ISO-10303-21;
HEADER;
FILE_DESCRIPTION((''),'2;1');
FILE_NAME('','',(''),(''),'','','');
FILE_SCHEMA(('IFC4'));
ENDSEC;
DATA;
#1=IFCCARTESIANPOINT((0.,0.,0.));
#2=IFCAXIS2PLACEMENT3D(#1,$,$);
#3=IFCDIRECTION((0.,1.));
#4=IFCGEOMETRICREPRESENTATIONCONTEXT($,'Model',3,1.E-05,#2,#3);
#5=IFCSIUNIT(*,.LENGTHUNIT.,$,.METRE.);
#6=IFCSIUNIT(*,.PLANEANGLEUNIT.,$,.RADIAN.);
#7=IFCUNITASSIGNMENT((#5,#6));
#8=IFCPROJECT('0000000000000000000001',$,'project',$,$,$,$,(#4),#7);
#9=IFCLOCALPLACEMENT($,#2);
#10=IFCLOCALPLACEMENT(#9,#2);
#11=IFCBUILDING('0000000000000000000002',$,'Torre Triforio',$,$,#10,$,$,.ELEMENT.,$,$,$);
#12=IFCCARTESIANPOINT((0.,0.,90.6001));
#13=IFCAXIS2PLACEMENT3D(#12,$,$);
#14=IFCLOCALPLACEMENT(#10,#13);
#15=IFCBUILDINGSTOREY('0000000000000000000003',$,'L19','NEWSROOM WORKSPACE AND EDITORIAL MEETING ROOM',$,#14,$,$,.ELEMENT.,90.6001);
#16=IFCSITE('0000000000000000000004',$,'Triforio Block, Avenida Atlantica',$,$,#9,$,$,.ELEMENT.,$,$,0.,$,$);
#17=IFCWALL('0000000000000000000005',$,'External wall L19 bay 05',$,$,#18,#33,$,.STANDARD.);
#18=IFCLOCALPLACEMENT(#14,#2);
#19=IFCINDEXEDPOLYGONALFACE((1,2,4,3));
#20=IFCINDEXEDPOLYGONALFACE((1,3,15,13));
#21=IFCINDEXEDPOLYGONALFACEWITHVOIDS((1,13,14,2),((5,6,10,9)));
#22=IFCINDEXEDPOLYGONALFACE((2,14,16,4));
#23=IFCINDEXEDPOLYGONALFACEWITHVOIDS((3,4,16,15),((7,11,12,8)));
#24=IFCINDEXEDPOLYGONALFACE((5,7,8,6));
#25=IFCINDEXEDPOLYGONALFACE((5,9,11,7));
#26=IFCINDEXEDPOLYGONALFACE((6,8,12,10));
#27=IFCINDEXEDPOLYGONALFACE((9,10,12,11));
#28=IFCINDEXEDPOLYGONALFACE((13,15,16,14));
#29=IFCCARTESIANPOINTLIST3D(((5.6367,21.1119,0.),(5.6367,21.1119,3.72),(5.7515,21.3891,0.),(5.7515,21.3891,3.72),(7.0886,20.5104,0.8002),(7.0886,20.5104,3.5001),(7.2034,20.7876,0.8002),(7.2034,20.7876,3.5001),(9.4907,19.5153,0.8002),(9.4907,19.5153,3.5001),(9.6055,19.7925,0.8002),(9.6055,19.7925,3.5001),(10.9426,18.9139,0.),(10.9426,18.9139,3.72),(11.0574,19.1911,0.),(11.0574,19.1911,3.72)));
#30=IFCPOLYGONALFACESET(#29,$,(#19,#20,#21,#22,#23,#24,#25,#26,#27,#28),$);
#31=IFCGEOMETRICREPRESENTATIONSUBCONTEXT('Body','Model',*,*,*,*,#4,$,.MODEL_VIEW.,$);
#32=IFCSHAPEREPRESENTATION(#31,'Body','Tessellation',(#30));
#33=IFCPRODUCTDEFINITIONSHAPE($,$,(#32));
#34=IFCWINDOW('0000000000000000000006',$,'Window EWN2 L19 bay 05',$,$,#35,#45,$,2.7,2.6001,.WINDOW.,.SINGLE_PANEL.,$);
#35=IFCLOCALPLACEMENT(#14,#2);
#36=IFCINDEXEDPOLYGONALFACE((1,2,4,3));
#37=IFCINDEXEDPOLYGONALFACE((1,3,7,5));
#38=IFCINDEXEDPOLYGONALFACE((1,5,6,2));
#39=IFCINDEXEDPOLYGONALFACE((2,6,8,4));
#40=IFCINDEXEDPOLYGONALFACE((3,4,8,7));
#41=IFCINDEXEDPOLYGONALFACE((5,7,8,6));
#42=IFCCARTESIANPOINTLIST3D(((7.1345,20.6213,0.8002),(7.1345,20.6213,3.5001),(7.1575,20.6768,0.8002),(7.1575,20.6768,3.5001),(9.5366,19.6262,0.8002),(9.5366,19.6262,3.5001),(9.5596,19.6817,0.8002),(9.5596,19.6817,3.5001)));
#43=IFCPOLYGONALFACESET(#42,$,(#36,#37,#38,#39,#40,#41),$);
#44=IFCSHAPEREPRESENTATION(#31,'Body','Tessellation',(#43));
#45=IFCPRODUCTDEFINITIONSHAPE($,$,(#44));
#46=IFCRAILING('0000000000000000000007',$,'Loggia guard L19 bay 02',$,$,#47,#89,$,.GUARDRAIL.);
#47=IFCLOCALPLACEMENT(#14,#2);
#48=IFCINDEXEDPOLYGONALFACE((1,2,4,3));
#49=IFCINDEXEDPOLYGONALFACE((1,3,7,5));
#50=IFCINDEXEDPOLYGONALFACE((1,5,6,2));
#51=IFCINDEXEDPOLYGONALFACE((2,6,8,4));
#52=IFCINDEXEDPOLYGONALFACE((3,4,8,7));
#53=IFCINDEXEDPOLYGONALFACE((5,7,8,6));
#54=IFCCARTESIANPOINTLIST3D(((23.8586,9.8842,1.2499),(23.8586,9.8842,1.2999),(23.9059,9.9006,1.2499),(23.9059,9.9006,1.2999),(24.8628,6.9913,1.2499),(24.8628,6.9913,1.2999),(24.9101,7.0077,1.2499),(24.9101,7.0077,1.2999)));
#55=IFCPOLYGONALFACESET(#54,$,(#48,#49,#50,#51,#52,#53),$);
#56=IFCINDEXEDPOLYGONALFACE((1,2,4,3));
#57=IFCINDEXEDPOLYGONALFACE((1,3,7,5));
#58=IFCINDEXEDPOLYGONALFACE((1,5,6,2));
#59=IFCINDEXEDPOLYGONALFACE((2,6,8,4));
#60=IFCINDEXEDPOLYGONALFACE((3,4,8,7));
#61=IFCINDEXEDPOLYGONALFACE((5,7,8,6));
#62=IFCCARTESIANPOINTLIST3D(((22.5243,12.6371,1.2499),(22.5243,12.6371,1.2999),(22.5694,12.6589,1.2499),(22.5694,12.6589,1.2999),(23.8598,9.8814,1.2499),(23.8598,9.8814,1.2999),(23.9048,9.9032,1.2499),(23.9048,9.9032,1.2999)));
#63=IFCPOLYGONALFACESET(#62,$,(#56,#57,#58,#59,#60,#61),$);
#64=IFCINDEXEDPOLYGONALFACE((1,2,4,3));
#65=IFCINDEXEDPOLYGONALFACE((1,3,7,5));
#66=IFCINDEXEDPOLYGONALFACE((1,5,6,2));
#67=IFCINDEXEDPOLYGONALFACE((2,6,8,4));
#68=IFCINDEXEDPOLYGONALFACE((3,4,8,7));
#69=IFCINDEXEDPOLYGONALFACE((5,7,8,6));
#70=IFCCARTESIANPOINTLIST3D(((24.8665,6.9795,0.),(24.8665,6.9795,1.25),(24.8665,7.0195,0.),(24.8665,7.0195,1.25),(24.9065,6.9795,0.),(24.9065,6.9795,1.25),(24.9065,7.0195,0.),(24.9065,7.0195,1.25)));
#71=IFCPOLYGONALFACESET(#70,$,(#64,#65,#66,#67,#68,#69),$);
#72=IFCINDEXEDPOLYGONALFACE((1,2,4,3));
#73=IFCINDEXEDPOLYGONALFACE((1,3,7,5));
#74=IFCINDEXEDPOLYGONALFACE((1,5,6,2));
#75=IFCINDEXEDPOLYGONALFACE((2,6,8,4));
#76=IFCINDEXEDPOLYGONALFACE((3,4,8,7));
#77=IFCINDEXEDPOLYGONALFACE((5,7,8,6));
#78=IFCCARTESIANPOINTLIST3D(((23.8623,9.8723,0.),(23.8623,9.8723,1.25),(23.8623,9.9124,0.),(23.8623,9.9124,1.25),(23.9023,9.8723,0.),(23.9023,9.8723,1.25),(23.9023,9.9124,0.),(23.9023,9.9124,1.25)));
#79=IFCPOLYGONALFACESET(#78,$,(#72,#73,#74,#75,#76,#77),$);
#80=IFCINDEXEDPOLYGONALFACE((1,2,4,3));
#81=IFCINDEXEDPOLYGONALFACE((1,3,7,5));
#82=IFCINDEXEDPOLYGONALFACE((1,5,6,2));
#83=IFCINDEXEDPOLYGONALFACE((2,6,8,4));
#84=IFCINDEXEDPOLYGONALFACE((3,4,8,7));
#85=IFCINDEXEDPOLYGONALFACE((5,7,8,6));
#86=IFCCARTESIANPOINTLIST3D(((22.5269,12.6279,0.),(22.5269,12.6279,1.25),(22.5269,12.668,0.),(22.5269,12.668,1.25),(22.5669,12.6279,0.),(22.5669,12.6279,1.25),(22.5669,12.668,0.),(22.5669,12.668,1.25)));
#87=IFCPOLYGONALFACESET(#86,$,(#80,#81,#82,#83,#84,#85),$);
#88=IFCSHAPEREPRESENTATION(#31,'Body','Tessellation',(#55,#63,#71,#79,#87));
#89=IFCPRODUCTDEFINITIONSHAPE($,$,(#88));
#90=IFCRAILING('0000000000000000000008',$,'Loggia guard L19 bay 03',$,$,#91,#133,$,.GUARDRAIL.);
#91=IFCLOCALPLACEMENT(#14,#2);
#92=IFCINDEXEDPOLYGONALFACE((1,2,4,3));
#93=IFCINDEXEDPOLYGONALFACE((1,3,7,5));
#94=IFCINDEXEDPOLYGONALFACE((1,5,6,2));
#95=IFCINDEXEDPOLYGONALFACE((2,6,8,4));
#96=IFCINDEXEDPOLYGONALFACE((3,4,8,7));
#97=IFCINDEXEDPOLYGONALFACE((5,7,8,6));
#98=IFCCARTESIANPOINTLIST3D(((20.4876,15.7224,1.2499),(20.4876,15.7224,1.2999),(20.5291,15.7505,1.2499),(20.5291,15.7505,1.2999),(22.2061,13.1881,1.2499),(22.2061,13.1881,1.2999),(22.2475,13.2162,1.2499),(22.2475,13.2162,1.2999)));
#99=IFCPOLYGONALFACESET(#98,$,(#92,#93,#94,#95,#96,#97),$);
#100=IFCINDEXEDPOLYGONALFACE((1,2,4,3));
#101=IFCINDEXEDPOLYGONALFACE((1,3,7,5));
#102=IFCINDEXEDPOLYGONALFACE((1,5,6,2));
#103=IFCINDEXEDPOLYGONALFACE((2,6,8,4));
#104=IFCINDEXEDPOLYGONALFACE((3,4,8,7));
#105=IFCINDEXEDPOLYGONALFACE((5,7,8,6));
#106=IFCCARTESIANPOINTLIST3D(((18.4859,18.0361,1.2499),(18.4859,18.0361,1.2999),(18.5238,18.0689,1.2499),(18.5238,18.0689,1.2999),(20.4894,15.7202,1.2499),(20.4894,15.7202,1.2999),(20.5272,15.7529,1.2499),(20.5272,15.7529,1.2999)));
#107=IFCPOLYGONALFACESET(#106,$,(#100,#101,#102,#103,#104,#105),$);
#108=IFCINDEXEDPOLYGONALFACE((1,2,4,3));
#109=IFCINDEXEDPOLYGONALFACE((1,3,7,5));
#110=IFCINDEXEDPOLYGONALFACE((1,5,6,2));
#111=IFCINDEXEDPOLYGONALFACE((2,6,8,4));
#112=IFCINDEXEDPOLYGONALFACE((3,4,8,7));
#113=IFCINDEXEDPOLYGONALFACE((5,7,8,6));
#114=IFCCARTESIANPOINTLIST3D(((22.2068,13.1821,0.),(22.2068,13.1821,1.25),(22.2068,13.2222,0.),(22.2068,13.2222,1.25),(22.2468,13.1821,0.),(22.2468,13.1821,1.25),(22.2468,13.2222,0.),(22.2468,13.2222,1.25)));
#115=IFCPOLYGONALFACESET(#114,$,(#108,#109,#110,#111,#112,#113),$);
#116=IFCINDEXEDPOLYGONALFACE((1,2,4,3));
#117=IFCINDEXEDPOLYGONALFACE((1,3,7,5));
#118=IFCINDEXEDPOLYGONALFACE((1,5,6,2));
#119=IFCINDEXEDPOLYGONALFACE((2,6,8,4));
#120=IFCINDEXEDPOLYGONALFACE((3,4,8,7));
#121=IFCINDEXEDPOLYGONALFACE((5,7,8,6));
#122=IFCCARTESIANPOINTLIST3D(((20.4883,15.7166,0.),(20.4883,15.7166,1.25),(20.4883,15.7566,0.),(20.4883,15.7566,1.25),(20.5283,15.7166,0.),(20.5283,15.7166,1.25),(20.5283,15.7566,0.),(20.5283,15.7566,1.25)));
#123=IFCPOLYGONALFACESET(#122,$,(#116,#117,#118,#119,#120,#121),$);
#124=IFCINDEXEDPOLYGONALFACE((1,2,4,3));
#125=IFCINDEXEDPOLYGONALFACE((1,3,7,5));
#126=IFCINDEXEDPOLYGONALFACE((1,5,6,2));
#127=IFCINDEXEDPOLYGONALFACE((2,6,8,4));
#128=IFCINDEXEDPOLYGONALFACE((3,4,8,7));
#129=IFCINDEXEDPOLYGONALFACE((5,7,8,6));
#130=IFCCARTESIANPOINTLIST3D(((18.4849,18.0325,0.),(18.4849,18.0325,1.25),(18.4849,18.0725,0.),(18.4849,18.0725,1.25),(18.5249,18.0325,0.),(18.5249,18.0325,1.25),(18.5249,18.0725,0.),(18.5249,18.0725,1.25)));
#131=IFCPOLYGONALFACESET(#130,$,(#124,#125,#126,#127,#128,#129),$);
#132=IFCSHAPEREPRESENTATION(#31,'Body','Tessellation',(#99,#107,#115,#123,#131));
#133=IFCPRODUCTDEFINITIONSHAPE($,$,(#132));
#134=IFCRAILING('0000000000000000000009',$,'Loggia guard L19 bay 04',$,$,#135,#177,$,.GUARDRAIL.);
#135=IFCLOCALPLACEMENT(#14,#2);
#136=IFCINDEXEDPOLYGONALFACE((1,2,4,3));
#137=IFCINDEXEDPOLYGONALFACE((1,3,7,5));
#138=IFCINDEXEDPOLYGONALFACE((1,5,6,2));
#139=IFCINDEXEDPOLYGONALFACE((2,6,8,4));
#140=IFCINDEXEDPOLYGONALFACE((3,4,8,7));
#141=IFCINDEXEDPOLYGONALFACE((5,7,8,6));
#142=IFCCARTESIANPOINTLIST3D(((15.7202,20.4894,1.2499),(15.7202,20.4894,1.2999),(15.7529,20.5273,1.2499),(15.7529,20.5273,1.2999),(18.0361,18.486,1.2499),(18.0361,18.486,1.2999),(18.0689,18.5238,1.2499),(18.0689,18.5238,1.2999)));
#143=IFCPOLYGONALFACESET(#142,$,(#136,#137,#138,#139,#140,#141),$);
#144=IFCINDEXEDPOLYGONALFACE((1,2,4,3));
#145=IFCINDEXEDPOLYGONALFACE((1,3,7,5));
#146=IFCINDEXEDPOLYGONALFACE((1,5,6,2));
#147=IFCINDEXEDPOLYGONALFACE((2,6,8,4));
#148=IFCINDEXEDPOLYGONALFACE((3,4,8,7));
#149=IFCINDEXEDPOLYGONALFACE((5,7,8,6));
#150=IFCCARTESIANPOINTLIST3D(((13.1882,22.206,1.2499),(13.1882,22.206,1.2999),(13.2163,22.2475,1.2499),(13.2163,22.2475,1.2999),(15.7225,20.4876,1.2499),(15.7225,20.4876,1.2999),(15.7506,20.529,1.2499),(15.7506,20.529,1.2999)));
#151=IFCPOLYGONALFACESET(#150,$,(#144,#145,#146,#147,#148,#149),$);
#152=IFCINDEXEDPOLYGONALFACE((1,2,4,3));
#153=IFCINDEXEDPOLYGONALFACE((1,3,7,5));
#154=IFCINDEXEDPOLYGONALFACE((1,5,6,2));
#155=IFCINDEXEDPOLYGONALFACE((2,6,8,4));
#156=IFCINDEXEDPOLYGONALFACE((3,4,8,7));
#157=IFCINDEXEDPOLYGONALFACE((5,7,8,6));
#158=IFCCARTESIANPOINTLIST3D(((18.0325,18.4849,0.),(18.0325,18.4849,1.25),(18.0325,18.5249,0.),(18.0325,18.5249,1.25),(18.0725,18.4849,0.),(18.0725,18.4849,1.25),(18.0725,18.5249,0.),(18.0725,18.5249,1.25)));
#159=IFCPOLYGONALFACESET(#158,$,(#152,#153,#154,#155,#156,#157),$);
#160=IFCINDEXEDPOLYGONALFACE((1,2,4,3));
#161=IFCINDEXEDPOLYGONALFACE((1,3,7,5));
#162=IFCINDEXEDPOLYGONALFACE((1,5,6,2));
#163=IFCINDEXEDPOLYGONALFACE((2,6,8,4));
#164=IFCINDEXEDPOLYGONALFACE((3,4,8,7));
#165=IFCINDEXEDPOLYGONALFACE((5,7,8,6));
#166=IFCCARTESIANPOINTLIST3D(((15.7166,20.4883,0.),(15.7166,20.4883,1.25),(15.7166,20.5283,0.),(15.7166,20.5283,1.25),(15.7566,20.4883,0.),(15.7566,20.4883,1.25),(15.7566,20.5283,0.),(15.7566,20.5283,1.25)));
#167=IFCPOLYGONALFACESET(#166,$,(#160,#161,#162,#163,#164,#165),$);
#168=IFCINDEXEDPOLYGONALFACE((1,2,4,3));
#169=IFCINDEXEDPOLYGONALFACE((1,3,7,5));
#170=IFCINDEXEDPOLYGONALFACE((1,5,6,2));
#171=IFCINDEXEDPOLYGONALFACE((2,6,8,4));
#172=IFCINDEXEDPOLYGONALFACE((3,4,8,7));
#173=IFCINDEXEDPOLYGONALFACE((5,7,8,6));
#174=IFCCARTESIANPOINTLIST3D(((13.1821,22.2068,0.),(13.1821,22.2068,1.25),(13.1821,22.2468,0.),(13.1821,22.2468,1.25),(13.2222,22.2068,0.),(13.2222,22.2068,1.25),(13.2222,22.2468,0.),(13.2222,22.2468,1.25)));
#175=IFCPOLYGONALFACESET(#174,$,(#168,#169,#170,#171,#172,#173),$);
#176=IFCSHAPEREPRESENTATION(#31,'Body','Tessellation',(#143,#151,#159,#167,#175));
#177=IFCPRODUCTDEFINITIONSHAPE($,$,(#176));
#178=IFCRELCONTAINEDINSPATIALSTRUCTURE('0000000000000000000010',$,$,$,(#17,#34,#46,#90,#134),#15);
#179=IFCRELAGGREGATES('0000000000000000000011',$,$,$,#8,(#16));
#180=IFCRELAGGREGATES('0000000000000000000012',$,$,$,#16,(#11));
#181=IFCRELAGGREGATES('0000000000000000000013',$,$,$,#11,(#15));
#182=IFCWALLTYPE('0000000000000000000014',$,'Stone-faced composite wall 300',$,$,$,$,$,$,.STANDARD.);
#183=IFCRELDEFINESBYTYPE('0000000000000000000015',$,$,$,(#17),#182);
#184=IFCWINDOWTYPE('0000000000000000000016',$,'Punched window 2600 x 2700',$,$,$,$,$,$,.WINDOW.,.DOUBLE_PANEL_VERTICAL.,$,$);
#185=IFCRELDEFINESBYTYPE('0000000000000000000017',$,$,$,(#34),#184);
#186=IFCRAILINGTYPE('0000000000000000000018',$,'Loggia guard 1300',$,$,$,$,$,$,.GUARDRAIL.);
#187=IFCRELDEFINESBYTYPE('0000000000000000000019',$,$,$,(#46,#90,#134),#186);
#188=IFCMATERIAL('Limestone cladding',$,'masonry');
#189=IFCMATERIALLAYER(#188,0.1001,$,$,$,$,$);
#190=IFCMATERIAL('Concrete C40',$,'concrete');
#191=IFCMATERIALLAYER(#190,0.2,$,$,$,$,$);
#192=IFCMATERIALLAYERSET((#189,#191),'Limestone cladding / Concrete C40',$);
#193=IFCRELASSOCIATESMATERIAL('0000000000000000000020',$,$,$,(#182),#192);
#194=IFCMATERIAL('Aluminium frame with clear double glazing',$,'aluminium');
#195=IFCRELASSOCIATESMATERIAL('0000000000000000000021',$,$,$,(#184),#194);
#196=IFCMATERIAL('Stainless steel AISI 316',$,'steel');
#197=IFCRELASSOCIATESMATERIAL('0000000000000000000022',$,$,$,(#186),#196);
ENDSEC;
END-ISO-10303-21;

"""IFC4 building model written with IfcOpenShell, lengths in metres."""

from ifc_helpers import new_model, si_unit, direction, frame, frame_2d, origin, origin_2d, place, context, subcontext, project, spatial, rectangle, extrude, material, layer, layer_set, type_object, element, fill, save


model = new_model("IFC4")

# Units and contexts
model_context = context("Model", 3, precision=1e-05, world=origin(), true_north=direction((0.0, 1.0)))
body_context = subcontext(model_context, "Body", "Model", "MODEL_VIEW")
ifc_project = project(units=[si_unit("LENGTHUNIT", "METRE"), si_unit("PLANEANGLEUNIT", "RADIAN")], contexts=[model_context])

# Site, building, storey
site_placement = place(None, origin())
site = spatial("IfcSite", under=ifc_project, at=site_placement, Name="Triforio Block, Avenida Atlantica", CompositionType="ELEMENT", RefElevation=0.0)
building_placement = place(site_placement, origin())
building = spatial("IfcBuilding", under=site, at=building_placement, Name="Torre Triforio", CompositionType="ELEMENT")
storey_placement = place(building_placement, frame((0.0, 0.0, 90.6001)))
storey = spatial("IfcBuildingStorey", under=building, at=storey_placement, Name="L19", Description="NEWSROOM WORKSPACE AND EDITORIAL MEETING ROOM", CompositionType="ELEMENT", Elevation=90.6001)

# Shared definitions
ifc_material_1 = material(Name="Limestone cladding", Category="masonry")
ifc_material_2 = material(Name="Concrete C40", Category="concrete")

# Shared definitions
ifc_layer_1 = layer(ifc_material_1, 0.1001)
ifc_layer_2 = layer(ifc_material_2, 0.2)
ifc_layer_set_1 = layer_set([ifc_layer_1, ifc_layer_2], Name="Limestone cladding / Concrete C40")
wall_type_1 = type_object("IfcWallType", Name="Stone-faced composite wall 300", PredefinedType="STANDARD", material=ifc_layer_set_1)
ifc_material_3 = material(Name="Aluminium frame with clear double glazing", Category="aluminium")
window_type_1 = type_object("IfcWindowType", Name="Punched window 2600 x 2700", PartitioningType="DOUBLE_PANEL_VERTICAL", PredefinedType="WINDOW", material=ifc_material_3)

# Wall, opening, window
wall_1_placement = place(storey_placement, frame((11.0, 19.0525, 0.0), z_axis=(0.0, 0.0, 1.0), x_axis=(-0.923866, 0.382716, 0.0)))
wall_1 = element("IfcWall", 1, at=wall_1_placement, inside=storey, type_object=wall_type_1, Name="External wall L19 bay 05", PredefinedType="STANDARD", context=body_context, shape_type="SweptSolid", body=[
    extrude(rectangle(XDim=5.7432, YDim=0.3, at=frame_2d((2.8716, 0.0))), origin(), (0.0, 0.0, 1.0), 3.72),
])
opening_1_placement = place(wall_1_placement, frame((1.5715, 0.0, 0.8)))
opening_1 = element("IfcOpeningElement", 2, at=opening_1_placement, cuts=wall_1, PredefinedType="OPENING", context=body_context, shape_type="SweptSolid", body=[
    extrude(rectangle(XDim=2.6001, YDim=2.7, at=frame_2d((1.3, 1.3501))), frame((0.0, 0.1599, 0.0), z_axis=(0.0, -1.0, 0.0), x_axis=(1.0, 0.0, 0.0)), (0.0, 0.0, 1.0), 0.3201),
])
window_1_placement = place(opening_1_placement, origin())
window_1 = element("IfcWindow", 3, at=window_1_placement, inside=storey, type_object=window_type_1, Name="Window EWN2 L19 bay 05", OverallHeight=2.7, OverallWidth=2.6001, PartitioningType="SINGLE_PANEL", PredefinedType="WINDOW", context=body_context, shape_type="SweptSolid", body=[
    extrude(rectangle(XDim=2.6001, YDim=2.7, at=frame_2d((1.3, 1.3501))), frame((0.0, 0.03, 0.0), z_axis=(0.0, -1.0, 0.0), x_axis=(1.0, 0.0, 0.0)), (0.0, 0.0, 1.0), 0.0601),
])
fill(opening_1, window_1)

# Railings
ifc_material_4 = material(Name="Stainless steel AISI 316", Category="steel")
railing_type = type_object("IfcRailingType", Name="Loggia guard 1300", PredefinedType="GUARDRAIL", material=ifc_material_4)
railing_1_placement = place(storey_placement, frame((24.8865, 6.9995, 0.0)))
element("IfcRailing", 4, at=railing_1_placement, inside=storey, type_object=railing_type, Name="Loggia guard L19 bay 02", PredefinedType="GUARDRAIL", context=body_context, shape_type="SweptSolid", body=[
    extrude(rectangle(XDim=0.05, YDim=0.05, at=origin_2d()), frame((0.0, 0.0, 1.2749), z_axis=(-0.327924, 0.944704, 0.0), x_axis=(-0.944704, -0.327924, 0.0)), (0.0, 0.0, 1.0), 3.0623),
    extrude(rectangle(XDim=0.05, YDim=0.05, at=origin_2d()), frame((-1.0042, 2.8928, 1.2749), z_axis=(-0.436113, 0.899892, 0.0), x_axis=(-0.899892, -0.436113, 0.0)), (0.0, 0.0, 1.0), 3.0623),
    extrude(rectangle(XDim=0.04, YDim=0.04, at=origin_2d()), origin(), (0.0, 0.0, 1.0), 1.25),
    extrude(rectangle(XDim=0.04, YDim=0.04, at=origin_2d()), frame((-1.0042, 2.8928, 0.0)), (0.0, 0.0, 1.0), 1.25),
    extrude(rectangle(XDim=0.04, YDim=0.04, at=origin_2d()), frame((-2.3396, 5.6484, 0.0)), (0.0, 0.0, 1.0), 1.25),
])
railing_2_placement = place(storey_placement, frame((22.2268, 13.2021, 0.0)))
element("IfcRailing", 5, at=railing_2_placement, inside=storey, type_object=railing_type, Name="Loggia guard L19 bay 03", PredefinedType="GUARDRAIL", context=body_context, shape_type="SweptSolid", body=[
    extrude(rectangle(XDim=0.05, YDim=0.05, at=origin_2d()), frame((0.0, 0.0, 1.2749), z_axis=(-0.561215, 0.82767, 0.0), x_axis=(-0.82767, -0.561215, 0.0)), (0.0, 0.0, 1.0), 3.062),
    extrude(rectangle(XDim=0.05, YDim=0.05, at=origin_2d()), frame((-1.7185, 2.5344, 1.2749), z_axis=(-0.654238, 0.756289, 0.0), x_axis=(-0.756289, -0.654238, 0.0)), (0.0, 0.0, 1.0), 3.0623),
    extrude(rectangle(XDim=0.04, YDim=0.04, at=origin_2d()), origin(), (0.0, 0.0, 1.0), 1.25),
    extrude(rectangle(XDim=0.04, YDim=0.04, at=origin_2d()), frame((-1.7185, 2.5344, 0.0)), (0.0, 0.0, 1.0), 1.25),
    extrude(rectangle(XDim=0.04, YDim=0.04, at=origin_2d()), frame((-3.7219, 4.8503, 0.0)), (0.0, 0.0, 1.0), 1.25),
])
railing_3_placement = place(storey_placement, frame((18.0525, 18.5049, 0.0)))
element("IfcRailing", 6, at=railing_3_placement, inside=storey, type_object=railing_type, Name="Loggia guard L19 bay 04", PredefinedType="GUARDRAIL", context=body_context, shape_type="SweptSolid", body=[
    extrude(rectangle(XDim=0.05, YDim=0.05, at=origin_2d()), frame((0.0, 0.0, 1.2749), z_axis=(-0.756289, 0.654238, 0.0), x_axis=(-0.654238, -0.756289, 0.0)), (0.0, 0.0, 1.0), 3.0623),
    extrude(rectangle(XDim=0.05, YDim=0.05, at=origin_2d()), frame((-2.3159, 2.0034, 1.2749), z_axis=(-0.82767, 0.561215, 0.0), x_axis=(-0.561215, -0.82767, 0.0)), (0.0, 0.0, 1.0), 3.062),
    extrude(rectangle(XDim=0.04, YDim=0.04, at=origin_2d()), origin(), (0.0, 0.0, 1.0), 1.25),
    extrude(rectangle(XDim=0.04, YDim=0.04, at=origin_2d()), frame((-2.3159, 2.0034, 0.0)), (0.0, 0.0, 1.0), 1.25),
    extrude(rectangle(XDim=0.04, YDim=0.04, at=origin_2d()), frame((-4.8503, 3.7219, 0.0)), (0.0, 0.0, 1.0), 1.25),
])

save(model, "model.ifc")
